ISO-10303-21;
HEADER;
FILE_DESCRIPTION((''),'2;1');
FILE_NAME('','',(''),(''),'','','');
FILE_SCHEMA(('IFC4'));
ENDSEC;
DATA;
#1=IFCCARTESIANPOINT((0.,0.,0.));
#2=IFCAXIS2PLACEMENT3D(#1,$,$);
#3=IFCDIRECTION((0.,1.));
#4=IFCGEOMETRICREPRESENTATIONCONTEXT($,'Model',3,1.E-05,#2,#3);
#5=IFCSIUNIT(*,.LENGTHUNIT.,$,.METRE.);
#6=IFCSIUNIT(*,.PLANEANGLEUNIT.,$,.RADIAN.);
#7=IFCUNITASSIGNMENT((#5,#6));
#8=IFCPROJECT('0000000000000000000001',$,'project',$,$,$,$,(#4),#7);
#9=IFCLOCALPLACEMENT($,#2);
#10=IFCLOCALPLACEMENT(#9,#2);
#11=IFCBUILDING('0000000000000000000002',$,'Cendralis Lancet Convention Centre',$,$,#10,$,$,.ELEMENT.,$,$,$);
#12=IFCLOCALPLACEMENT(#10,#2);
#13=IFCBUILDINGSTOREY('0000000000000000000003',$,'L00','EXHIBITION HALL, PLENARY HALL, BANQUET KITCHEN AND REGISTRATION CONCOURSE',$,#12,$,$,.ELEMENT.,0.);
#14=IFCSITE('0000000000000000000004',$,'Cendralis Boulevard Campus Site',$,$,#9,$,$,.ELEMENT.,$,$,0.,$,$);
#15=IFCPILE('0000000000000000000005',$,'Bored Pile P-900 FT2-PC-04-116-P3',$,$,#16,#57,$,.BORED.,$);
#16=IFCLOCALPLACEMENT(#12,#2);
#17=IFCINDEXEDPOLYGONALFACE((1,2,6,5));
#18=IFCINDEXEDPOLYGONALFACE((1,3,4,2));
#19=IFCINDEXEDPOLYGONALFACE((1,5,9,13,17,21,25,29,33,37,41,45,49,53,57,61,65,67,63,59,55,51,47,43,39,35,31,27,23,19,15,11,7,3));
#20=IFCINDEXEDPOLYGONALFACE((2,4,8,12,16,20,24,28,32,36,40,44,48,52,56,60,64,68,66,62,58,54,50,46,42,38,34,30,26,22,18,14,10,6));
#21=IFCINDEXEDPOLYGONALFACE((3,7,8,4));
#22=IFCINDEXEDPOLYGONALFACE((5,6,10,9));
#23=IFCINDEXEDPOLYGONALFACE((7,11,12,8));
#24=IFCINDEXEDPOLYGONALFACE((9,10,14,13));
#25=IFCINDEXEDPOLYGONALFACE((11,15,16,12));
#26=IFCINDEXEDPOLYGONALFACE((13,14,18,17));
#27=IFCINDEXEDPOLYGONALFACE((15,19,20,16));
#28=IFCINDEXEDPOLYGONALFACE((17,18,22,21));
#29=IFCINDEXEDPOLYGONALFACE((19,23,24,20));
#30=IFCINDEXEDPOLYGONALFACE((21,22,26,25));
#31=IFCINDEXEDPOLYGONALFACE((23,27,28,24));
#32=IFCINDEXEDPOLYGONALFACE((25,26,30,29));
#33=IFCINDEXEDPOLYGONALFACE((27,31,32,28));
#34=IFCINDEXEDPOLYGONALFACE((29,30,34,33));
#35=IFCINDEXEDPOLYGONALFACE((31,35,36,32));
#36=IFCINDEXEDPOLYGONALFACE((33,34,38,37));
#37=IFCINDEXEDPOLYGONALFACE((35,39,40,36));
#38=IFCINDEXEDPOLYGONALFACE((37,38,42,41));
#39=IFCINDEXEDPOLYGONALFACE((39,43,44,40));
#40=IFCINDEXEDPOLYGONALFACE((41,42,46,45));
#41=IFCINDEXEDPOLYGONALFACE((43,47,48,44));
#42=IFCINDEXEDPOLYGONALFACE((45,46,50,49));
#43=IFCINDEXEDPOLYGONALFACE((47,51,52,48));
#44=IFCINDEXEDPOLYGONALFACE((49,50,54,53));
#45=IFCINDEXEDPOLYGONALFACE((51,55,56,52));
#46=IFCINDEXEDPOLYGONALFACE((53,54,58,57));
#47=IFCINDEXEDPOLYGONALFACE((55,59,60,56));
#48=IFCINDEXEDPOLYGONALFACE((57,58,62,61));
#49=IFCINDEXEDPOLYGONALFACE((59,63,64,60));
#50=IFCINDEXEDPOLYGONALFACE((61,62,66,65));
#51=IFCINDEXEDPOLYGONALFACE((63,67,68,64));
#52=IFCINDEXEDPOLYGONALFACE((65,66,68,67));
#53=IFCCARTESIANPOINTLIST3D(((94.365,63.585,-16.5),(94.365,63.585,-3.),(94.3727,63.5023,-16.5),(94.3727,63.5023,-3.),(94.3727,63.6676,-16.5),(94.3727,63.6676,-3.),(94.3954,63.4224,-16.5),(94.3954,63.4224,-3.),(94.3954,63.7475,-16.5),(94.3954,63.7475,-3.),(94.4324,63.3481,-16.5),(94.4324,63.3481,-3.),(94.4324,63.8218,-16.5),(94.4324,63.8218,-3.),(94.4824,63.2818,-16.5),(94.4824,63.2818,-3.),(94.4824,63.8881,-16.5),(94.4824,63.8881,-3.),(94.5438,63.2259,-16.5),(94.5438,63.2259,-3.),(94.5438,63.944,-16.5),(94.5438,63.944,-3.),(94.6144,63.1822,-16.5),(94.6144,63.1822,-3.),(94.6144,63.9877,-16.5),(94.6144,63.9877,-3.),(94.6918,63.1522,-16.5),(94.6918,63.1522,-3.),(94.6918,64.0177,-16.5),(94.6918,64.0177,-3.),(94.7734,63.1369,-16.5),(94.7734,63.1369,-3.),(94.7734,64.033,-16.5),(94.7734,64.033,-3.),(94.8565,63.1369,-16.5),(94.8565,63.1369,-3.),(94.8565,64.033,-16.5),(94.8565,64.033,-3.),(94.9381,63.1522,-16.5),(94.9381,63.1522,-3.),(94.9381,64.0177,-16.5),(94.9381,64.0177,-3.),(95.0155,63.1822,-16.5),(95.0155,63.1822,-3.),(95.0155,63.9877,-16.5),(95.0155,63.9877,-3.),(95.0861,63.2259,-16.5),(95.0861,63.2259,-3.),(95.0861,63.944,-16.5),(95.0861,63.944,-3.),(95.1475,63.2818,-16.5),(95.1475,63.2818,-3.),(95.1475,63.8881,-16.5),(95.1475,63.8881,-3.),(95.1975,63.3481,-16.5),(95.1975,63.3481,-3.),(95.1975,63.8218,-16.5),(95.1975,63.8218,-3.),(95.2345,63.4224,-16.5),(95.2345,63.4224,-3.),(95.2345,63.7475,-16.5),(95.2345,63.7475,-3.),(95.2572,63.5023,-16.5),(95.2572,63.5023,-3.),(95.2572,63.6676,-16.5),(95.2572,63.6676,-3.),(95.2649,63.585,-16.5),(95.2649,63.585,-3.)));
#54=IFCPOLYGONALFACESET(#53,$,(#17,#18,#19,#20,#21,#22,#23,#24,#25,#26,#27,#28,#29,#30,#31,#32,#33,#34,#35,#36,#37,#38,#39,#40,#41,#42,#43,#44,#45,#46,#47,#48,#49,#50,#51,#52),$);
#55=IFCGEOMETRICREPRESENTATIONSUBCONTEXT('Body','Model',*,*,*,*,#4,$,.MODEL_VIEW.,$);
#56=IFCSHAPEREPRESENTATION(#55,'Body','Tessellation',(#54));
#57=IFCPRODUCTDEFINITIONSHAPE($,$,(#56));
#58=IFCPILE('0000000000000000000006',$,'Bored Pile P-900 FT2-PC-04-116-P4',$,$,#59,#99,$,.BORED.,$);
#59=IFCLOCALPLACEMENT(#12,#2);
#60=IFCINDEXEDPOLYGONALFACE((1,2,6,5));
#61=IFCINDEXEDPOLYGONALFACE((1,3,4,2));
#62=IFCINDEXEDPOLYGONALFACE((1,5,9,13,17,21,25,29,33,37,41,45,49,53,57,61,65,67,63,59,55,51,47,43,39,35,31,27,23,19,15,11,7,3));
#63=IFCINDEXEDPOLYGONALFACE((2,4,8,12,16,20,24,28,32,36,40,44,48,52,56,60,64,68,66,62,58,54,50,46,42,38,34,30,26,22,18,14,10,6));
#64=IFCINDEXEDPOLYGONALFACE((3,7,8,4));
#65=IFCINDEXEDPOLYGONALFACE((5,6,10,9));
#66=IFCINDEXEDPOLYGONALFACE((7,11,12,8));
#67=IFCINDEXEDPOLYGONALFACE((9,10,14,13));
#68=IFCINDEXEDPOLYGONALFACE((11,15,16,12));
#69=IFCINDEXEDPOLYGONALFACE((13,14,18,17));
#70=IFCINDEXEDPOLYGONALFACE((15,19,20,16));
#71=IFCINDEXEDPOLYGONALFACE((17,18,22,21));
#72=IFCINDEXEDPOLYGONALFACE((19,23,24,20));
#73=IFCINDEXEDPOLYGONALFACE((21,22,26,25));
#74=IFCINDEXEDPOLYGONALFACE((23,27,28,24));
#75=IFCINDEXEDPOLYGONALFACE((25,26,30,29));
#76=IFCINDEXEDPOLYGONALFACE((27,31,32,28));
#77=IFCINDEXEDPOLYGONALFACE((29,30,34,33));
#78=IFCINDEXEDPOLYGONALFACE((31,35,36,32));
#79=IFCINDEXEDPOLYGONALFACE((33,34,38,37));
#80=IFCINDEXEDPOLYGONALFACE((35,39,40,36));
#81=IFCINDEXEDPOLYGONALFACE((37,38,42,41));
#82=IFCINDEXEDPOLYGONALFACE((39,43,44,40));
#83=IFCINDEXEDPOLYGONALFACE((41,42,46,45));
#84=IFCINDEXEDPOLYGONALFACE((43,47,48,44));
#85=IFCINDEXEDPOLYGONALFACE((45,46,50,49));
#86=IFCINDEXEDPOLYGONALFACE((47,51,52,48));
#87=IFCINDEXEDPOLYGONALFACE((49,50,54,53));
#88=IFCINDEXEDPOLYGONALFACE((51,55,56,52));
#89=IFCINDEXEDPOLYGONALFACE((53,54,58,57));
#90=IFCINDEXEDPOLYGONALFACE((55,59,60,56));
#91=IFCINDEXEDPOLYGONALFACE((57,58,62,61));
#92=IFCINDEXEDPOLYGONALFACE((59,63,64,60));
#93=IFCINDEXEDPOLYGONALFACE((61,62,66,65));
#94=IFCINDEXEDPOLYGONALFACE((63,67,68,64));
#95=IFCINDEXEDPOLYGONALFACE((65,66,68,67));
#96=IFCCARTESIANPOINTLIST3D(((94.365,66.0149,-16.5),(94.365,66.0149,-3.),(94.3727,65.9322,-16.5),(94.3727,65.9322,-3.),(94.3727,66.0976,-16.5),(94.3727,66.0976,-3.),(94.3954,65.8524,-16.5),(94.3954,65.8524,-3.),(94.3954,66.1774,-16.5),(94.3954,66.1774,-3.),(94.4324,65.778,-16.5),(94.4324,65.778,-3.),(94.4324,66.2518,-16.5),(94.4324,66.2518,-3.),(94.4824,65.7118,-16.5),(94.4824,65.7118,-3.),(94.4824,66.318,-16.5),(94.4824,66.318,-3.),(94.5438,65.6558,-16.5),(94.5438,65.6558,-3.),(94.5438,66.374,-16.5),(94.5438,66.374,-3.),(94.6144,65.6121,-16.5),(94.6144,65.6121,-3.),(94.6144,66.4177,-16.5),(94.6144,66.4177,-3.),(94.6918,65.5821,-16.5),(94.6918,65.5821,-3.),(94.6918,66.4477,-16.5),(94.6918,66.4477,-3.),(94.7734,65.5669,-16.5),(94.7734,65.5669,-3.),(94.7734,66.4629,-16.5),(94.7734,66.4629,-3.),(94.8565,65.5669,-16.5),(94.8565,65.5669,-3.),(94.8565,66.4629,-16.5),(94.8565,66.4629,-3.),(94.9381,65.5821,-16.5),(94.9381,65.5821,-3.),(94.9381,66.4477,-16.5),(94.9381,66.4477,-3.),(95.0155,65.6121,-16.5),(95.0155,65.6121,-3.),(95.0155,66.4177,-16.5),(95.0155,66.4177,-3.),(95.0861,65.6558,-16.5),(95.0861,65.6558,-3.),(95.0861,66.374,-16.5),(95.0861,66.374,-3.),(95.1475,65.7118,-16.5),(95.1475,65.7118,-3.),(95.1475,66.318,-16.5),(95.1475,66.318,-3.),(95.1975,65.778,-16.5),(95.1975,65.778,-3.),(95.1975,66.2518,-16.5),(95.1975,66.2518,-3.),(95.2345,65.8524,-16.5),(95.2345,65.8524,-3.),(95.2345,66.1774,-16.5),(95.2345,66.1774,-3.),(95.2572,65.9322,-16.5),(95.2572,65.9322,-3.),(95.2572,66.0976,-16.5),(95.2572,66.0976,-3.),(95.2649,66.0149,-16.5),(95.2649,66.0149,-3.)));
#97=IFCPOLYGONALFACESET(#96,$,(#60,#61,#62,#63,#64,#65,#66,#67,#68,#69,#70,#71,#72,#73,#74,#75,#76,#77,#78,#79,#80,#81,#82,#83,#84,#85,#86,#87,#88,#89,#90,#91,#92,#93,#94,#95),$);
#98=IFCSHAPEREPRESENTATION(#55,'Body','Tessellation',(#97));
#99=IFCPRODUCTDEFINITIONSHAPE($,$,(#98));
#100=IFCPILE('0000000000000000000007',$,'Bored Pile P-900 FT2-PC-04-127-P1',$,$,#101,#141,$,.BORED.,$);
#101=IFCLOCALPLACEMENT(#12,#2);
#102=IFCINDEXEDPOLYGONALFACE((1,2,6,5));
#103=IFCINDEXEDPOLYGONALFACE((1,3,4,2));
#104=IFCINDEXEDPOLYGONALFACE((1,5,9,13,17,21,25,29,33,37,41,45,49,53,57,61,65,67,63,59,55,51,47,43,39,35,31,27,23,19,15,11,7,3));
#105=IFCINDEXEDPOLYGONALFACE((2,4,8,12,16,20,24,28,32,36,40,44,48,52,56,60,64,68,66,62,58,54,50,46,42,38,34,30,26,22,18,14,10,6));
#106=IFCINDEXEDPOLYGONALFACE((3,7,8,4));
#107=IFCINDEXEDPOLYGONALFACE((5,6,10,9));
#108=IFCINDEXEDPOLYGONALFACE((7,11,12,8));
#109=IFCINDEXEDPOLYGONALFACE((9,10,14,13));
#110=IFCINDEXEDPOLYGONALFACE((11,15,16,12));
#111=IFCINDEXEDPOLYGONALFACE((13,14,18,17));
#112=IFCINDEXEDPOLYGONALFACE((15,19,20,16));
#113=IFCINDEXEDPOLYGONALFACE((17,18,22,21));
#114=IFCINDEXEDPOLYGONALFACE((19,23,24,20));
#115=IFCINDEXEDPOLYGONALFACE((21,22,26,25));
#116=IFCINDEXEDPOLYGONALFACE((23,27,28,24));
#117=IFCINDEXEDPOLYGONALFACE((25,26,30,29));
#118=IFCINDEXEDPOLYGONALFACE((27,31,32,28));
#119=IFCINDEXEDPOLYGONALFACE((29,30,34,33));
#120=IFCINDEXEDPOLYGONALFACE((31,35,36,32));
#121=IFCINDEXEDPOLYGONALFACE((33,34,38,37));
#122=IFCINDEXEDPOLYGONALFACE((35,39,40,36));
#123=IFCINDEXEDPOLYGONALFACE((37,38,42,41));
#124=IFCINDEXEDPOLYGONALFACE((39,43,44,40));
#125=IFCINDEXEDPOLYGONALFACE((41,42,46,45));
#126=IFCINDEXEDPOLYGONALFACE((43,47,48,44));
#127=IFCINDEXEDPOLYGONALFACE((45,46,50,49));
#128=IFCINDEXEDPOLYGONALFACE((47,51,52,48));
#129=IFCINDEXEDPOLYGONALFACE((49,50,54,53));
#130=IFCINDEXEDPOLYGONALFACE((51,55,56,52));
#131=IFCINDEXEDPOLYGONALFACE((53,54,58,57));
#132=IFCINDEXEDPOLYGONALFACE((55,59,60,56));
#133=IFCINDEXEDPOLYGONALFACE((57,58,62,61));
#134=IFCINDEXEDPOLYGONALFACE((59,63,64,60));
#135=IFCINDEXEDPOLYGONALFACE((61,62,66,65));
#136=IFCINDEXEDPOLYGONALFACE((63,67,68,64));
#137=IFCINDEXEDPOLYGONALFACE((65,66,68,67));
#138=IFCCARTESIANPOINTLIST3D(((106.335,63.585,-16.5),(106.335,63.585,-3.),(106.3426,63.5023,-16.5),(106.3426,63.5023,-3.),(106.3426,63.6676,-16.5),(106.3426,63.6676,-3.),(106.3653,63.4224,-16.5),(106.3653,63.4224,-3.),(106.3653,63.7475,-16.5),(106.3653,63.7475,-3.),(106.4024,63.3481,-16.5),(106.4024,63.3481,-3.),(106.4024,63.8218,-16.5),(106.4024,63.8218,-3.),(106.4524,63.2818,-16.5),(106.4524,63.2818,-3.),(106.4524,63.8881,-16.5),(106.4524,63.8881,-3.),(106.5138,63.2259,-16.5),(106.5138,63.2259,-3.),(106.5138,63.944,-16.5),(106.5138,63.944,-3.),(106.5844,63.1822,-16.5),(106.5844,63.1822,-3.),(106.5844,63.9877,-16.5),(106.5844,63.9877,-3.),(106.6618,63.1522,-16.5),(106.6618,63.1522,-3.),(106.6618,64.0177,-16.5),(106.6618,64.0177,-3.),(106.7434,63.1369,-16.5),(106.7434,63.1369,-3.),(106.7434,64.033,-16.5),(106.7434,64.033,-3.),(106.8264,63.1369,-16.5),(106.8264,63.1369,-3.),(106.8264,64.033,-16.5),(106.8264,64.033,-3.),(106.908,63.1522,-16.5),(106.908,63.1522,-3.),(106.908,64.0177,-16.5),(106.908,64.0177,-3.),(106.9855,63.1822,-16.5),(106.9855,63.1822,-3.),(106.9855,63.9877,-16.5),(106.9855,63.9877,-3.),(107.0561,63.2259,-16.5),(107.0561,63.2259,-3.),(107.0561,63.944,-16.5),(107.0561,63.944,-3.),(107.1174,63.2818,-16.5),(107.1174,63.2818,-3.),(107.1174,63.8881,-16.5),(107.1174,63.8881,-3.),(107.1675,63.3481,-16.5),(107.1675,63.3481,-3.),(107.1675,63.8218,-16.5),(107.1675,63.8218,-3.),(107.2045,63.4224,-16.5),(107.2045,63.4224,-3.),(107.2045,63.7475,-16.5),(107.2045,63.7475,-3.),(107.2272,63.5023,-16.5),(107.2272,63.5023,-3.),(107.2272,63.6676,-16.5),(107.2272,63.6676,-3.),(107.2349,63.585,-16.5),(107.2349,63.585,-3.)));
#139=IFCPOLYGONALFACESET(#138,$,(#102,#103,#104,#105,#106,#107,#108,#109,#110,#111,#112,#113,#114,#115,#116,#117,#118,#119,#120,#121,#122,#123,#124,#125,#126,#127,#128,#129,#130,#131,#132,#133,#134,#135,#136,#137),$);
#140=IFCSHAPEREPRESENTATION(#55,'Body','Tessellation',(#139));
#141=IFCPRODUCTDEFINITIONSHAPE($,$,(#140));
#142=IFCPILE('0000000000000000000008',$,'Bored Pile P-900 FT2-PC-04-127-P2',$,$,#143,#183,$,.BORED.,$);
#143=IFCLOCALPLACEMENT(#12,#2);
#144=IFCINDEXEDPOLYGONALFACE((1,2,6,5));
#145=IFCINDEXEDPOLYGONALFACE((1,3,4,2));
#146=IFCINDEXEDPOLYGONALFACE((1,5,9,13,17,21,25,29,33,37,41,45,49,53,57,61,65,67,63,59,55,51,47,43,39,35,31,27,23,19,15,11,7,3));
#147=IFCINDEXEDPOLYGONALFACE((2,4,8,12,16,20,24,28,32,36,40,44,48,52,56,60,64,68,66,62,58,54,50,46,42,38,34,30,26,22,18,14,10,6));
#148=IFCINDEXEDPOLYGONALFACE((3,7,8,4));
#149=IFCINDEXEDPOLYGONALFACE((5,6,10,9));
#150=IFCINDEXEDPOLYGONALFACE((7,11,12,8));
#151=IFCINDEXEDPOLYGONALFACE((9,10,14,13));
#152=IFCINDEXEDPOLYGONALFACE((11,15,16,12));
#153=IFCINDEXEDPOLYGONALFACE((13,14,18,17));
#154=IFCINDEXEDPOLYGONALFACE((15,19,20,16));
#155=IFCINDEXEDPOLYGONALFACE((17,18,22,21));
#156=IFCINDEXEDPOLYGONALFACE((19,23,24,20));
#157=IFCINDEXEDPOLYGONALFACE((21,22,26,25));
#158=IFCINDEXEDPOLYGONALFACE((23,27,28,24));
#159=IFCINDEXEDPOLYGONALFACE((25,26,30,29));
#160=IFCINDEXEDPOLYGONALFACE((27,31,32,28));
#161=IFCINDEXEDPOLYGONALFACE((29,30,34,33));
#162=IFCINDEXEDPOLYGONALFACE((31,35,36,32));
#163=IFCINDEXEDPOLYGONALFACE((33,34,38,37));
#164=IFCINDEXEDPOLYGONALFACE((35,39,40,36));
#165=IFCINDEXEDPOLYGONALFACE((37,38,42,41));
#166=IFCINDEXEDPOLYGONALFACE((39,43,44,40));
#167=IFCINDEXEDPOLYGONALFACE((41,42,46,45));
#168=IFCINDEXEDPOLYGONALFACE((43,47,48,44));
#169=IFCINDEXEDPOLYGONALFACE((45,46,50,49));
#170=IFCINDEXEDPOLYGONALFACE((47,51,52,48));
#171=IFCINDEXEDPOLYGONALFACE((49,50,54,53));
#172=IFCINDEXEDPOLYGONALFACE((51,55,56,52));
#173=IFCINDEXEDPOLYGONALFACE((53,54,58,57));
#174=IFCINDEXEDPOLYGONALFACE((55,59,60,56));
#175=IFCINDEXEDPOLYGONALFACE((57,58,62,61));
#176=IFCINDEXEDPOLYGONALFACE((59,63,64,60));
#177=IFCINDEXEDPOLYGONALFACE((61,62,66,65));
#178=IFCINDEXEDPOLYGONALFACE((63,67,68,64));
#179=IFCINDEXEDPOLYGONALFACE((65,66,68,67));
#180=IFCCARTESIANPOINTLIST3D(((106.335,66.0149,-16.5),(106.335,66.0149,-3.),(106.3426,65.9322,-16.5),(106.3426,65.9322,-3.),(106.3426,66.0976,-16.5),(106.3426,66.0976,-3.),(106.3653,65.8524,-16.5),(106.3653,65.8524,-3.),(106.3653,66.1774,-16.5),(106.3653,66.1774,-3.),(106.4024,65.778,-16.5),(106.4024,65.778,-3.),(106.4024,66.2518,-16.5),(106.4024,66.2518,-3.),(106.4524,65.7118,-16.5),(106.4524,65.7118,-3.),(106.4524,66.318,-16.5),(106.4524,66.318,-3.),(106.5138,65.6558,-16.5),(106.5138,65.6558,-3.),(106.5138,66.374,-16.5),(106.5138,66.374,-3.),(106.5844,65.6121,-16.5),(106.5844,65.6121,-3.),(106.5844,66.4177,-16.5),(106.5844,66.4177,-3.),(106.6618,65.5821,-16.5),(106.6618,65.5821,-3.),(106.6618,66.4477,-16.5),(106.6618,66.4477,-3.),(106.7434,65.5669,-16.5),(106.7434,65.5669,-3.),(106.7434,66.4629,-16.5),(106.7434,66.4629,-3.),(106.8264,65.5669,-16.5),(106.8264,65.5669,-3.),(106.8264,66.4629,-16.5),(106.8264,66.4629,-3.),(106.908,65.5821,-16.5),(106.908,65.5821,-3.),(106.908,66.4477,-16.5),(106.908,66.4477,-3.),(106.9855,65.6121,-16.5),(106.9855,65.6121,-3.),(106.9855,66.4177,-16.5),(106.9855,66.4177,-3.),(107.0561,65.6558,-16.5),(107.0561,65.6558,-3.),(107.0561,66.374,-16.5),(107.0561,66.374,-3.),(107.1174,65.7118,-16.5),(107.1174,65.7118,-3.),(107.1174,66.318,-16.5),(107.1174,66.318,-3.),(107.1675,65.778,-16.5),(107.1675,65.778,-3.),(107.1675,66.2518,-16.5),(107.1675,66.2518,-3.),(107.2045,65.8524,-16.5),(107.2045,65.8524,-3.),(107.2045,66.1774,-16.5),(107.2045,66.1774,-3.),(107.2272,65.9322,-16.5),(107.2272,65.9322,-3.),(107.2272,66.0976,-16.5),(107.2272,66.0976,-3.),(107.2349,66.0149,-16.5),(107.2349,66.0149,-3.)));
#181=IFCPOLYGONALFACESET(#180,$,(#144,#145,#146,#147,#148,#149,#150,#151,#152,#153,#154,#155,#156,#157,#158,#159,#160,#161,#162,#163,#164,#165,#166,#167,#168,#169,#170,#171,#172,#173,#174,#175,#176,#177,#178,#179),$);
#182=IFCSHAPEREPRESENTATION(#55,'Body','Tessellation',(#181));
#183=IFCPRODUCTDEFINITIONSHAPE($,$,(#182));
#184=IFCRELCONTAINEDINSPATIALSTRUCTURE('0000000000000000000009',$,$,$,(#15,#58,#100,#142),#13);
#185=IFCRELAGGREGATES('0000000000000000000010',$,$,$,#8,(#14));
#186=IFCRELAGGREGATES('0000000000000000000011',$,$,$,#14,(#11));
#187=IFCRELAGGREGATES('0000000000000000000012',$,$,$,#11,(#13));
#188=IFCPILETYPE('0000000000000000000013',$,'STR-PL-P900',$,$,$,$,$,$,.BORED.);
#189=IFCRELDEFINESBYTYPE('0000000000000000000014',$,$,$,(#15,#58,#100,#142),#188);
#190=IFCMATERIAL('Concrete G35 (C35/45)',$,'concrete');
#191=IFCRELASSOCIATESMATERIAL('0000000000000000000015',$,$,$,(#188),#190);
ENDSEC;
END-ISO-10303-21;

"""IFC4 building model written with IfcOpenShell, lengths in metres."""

from ifc_helpers import new_model, si_unit, direction, frame, origin, origin_2d, place, context, subcontext, project, spatial, circle, extrude, material, material_profile, profile_set, type_object, element, save


model = new_model("IFC4")

# Units and contexts
model_context = context("Model", 3, precision=1e-05, world=origin(), true_north=direction((0.0, 1.0)))
body_context = subcontext(model_context, "Body", "Model", "MODEL_VIEW")
ifc_project = project(units=[si_unit("LENGTHUNIT", "METRE"), si_unit("PLANEANGLEUNIT", "RADIAN")], contexts=[model_context])

# Site, building, storey
site_placement = place(None, origin())
site = spatial("IfcSite", under=ifc_project, at=site_placement, Name="Cendralis Boulevard Campus Site", CompositionType="ELEMENT", RefElevation=0.0)
building_placement = place(site_placement, origin())
building = spatial("IfcBuilding", under=site, at=building_placement, Name="Cendralis Lancet Convention Centre", CompositionType="ELEMENT")
storey_placement = place(building_placement, origin())
storey = spatial("IfcBuildingStorey", under=building, at=storey_placement, Name="L00", Description="EXHIBITION HALL, PLENARY HALL, BANQUET KITCHEN AND REGISTRATION CONCOURSE", CompositionType="ELEMENT", Elevation=0.0)

# Shared definitions
ifc_material_1 = material(Name="Concrete G35 (C35/45)", Category="concrete")

# Piles
ifc_material_profile_1 = material_profile(ifc_material_1, circle(Radius=0.45, at=origin_2d()), Name="BORED PILE D900")
ifc_profile_set_1 = profile_set([ifc_material_profile_1], Name="Concrete G35 (C35/45)")
pile_type_1 = type_object("IfcPileType", Name="STR-PL-P900", PredefinedType="BORED", material=ifc_profile_set_1)
for number, where, z_axis, x_axis, name in (
    (1, (94.8149, 63.585, -3.0), (0.0, 0.0, -1.0), (1.0, 0.0, 0.0), "Bored Pile P-900 FT2-PC-04-116-P3"),
    (2, (94.8149, 66.0149, -3.0), (0.0, 0.0, -1.0), (1.0, 0.0, 0.0), "Bored Pile P-900 FT2-PC-04-116-P4"),
    (3, (106.7849, 63.585, -3.0), (0.0, 0.0, -1.0), (1.0, 0.0, 0.0), "Bored Pile P-900 FT2-PC-04-127-P1"),
    (4, (106.7849, 66.0149, -3.0), (0.0, 0.0, -1.0), (1.0, 0.0, 0.0), "Bored Pile P-900 FT2-PC-04-127-P2"),
):
    element("IfcPile", number, at=place(storey_placement, frame(where, z_axis=z_axis, x_axis=x_axis)), inside=storey, type_object=pile_type_1, Name=name, PredefinedType="BORED", context=body_context, shape_type="SweptSolid", body=[
        extrude(circle(Radius=0.45, at=origin_2d()), origin(), (0.0, 0.0, 1.0), 13.5),
    ])

save(model, "model.ifc")
